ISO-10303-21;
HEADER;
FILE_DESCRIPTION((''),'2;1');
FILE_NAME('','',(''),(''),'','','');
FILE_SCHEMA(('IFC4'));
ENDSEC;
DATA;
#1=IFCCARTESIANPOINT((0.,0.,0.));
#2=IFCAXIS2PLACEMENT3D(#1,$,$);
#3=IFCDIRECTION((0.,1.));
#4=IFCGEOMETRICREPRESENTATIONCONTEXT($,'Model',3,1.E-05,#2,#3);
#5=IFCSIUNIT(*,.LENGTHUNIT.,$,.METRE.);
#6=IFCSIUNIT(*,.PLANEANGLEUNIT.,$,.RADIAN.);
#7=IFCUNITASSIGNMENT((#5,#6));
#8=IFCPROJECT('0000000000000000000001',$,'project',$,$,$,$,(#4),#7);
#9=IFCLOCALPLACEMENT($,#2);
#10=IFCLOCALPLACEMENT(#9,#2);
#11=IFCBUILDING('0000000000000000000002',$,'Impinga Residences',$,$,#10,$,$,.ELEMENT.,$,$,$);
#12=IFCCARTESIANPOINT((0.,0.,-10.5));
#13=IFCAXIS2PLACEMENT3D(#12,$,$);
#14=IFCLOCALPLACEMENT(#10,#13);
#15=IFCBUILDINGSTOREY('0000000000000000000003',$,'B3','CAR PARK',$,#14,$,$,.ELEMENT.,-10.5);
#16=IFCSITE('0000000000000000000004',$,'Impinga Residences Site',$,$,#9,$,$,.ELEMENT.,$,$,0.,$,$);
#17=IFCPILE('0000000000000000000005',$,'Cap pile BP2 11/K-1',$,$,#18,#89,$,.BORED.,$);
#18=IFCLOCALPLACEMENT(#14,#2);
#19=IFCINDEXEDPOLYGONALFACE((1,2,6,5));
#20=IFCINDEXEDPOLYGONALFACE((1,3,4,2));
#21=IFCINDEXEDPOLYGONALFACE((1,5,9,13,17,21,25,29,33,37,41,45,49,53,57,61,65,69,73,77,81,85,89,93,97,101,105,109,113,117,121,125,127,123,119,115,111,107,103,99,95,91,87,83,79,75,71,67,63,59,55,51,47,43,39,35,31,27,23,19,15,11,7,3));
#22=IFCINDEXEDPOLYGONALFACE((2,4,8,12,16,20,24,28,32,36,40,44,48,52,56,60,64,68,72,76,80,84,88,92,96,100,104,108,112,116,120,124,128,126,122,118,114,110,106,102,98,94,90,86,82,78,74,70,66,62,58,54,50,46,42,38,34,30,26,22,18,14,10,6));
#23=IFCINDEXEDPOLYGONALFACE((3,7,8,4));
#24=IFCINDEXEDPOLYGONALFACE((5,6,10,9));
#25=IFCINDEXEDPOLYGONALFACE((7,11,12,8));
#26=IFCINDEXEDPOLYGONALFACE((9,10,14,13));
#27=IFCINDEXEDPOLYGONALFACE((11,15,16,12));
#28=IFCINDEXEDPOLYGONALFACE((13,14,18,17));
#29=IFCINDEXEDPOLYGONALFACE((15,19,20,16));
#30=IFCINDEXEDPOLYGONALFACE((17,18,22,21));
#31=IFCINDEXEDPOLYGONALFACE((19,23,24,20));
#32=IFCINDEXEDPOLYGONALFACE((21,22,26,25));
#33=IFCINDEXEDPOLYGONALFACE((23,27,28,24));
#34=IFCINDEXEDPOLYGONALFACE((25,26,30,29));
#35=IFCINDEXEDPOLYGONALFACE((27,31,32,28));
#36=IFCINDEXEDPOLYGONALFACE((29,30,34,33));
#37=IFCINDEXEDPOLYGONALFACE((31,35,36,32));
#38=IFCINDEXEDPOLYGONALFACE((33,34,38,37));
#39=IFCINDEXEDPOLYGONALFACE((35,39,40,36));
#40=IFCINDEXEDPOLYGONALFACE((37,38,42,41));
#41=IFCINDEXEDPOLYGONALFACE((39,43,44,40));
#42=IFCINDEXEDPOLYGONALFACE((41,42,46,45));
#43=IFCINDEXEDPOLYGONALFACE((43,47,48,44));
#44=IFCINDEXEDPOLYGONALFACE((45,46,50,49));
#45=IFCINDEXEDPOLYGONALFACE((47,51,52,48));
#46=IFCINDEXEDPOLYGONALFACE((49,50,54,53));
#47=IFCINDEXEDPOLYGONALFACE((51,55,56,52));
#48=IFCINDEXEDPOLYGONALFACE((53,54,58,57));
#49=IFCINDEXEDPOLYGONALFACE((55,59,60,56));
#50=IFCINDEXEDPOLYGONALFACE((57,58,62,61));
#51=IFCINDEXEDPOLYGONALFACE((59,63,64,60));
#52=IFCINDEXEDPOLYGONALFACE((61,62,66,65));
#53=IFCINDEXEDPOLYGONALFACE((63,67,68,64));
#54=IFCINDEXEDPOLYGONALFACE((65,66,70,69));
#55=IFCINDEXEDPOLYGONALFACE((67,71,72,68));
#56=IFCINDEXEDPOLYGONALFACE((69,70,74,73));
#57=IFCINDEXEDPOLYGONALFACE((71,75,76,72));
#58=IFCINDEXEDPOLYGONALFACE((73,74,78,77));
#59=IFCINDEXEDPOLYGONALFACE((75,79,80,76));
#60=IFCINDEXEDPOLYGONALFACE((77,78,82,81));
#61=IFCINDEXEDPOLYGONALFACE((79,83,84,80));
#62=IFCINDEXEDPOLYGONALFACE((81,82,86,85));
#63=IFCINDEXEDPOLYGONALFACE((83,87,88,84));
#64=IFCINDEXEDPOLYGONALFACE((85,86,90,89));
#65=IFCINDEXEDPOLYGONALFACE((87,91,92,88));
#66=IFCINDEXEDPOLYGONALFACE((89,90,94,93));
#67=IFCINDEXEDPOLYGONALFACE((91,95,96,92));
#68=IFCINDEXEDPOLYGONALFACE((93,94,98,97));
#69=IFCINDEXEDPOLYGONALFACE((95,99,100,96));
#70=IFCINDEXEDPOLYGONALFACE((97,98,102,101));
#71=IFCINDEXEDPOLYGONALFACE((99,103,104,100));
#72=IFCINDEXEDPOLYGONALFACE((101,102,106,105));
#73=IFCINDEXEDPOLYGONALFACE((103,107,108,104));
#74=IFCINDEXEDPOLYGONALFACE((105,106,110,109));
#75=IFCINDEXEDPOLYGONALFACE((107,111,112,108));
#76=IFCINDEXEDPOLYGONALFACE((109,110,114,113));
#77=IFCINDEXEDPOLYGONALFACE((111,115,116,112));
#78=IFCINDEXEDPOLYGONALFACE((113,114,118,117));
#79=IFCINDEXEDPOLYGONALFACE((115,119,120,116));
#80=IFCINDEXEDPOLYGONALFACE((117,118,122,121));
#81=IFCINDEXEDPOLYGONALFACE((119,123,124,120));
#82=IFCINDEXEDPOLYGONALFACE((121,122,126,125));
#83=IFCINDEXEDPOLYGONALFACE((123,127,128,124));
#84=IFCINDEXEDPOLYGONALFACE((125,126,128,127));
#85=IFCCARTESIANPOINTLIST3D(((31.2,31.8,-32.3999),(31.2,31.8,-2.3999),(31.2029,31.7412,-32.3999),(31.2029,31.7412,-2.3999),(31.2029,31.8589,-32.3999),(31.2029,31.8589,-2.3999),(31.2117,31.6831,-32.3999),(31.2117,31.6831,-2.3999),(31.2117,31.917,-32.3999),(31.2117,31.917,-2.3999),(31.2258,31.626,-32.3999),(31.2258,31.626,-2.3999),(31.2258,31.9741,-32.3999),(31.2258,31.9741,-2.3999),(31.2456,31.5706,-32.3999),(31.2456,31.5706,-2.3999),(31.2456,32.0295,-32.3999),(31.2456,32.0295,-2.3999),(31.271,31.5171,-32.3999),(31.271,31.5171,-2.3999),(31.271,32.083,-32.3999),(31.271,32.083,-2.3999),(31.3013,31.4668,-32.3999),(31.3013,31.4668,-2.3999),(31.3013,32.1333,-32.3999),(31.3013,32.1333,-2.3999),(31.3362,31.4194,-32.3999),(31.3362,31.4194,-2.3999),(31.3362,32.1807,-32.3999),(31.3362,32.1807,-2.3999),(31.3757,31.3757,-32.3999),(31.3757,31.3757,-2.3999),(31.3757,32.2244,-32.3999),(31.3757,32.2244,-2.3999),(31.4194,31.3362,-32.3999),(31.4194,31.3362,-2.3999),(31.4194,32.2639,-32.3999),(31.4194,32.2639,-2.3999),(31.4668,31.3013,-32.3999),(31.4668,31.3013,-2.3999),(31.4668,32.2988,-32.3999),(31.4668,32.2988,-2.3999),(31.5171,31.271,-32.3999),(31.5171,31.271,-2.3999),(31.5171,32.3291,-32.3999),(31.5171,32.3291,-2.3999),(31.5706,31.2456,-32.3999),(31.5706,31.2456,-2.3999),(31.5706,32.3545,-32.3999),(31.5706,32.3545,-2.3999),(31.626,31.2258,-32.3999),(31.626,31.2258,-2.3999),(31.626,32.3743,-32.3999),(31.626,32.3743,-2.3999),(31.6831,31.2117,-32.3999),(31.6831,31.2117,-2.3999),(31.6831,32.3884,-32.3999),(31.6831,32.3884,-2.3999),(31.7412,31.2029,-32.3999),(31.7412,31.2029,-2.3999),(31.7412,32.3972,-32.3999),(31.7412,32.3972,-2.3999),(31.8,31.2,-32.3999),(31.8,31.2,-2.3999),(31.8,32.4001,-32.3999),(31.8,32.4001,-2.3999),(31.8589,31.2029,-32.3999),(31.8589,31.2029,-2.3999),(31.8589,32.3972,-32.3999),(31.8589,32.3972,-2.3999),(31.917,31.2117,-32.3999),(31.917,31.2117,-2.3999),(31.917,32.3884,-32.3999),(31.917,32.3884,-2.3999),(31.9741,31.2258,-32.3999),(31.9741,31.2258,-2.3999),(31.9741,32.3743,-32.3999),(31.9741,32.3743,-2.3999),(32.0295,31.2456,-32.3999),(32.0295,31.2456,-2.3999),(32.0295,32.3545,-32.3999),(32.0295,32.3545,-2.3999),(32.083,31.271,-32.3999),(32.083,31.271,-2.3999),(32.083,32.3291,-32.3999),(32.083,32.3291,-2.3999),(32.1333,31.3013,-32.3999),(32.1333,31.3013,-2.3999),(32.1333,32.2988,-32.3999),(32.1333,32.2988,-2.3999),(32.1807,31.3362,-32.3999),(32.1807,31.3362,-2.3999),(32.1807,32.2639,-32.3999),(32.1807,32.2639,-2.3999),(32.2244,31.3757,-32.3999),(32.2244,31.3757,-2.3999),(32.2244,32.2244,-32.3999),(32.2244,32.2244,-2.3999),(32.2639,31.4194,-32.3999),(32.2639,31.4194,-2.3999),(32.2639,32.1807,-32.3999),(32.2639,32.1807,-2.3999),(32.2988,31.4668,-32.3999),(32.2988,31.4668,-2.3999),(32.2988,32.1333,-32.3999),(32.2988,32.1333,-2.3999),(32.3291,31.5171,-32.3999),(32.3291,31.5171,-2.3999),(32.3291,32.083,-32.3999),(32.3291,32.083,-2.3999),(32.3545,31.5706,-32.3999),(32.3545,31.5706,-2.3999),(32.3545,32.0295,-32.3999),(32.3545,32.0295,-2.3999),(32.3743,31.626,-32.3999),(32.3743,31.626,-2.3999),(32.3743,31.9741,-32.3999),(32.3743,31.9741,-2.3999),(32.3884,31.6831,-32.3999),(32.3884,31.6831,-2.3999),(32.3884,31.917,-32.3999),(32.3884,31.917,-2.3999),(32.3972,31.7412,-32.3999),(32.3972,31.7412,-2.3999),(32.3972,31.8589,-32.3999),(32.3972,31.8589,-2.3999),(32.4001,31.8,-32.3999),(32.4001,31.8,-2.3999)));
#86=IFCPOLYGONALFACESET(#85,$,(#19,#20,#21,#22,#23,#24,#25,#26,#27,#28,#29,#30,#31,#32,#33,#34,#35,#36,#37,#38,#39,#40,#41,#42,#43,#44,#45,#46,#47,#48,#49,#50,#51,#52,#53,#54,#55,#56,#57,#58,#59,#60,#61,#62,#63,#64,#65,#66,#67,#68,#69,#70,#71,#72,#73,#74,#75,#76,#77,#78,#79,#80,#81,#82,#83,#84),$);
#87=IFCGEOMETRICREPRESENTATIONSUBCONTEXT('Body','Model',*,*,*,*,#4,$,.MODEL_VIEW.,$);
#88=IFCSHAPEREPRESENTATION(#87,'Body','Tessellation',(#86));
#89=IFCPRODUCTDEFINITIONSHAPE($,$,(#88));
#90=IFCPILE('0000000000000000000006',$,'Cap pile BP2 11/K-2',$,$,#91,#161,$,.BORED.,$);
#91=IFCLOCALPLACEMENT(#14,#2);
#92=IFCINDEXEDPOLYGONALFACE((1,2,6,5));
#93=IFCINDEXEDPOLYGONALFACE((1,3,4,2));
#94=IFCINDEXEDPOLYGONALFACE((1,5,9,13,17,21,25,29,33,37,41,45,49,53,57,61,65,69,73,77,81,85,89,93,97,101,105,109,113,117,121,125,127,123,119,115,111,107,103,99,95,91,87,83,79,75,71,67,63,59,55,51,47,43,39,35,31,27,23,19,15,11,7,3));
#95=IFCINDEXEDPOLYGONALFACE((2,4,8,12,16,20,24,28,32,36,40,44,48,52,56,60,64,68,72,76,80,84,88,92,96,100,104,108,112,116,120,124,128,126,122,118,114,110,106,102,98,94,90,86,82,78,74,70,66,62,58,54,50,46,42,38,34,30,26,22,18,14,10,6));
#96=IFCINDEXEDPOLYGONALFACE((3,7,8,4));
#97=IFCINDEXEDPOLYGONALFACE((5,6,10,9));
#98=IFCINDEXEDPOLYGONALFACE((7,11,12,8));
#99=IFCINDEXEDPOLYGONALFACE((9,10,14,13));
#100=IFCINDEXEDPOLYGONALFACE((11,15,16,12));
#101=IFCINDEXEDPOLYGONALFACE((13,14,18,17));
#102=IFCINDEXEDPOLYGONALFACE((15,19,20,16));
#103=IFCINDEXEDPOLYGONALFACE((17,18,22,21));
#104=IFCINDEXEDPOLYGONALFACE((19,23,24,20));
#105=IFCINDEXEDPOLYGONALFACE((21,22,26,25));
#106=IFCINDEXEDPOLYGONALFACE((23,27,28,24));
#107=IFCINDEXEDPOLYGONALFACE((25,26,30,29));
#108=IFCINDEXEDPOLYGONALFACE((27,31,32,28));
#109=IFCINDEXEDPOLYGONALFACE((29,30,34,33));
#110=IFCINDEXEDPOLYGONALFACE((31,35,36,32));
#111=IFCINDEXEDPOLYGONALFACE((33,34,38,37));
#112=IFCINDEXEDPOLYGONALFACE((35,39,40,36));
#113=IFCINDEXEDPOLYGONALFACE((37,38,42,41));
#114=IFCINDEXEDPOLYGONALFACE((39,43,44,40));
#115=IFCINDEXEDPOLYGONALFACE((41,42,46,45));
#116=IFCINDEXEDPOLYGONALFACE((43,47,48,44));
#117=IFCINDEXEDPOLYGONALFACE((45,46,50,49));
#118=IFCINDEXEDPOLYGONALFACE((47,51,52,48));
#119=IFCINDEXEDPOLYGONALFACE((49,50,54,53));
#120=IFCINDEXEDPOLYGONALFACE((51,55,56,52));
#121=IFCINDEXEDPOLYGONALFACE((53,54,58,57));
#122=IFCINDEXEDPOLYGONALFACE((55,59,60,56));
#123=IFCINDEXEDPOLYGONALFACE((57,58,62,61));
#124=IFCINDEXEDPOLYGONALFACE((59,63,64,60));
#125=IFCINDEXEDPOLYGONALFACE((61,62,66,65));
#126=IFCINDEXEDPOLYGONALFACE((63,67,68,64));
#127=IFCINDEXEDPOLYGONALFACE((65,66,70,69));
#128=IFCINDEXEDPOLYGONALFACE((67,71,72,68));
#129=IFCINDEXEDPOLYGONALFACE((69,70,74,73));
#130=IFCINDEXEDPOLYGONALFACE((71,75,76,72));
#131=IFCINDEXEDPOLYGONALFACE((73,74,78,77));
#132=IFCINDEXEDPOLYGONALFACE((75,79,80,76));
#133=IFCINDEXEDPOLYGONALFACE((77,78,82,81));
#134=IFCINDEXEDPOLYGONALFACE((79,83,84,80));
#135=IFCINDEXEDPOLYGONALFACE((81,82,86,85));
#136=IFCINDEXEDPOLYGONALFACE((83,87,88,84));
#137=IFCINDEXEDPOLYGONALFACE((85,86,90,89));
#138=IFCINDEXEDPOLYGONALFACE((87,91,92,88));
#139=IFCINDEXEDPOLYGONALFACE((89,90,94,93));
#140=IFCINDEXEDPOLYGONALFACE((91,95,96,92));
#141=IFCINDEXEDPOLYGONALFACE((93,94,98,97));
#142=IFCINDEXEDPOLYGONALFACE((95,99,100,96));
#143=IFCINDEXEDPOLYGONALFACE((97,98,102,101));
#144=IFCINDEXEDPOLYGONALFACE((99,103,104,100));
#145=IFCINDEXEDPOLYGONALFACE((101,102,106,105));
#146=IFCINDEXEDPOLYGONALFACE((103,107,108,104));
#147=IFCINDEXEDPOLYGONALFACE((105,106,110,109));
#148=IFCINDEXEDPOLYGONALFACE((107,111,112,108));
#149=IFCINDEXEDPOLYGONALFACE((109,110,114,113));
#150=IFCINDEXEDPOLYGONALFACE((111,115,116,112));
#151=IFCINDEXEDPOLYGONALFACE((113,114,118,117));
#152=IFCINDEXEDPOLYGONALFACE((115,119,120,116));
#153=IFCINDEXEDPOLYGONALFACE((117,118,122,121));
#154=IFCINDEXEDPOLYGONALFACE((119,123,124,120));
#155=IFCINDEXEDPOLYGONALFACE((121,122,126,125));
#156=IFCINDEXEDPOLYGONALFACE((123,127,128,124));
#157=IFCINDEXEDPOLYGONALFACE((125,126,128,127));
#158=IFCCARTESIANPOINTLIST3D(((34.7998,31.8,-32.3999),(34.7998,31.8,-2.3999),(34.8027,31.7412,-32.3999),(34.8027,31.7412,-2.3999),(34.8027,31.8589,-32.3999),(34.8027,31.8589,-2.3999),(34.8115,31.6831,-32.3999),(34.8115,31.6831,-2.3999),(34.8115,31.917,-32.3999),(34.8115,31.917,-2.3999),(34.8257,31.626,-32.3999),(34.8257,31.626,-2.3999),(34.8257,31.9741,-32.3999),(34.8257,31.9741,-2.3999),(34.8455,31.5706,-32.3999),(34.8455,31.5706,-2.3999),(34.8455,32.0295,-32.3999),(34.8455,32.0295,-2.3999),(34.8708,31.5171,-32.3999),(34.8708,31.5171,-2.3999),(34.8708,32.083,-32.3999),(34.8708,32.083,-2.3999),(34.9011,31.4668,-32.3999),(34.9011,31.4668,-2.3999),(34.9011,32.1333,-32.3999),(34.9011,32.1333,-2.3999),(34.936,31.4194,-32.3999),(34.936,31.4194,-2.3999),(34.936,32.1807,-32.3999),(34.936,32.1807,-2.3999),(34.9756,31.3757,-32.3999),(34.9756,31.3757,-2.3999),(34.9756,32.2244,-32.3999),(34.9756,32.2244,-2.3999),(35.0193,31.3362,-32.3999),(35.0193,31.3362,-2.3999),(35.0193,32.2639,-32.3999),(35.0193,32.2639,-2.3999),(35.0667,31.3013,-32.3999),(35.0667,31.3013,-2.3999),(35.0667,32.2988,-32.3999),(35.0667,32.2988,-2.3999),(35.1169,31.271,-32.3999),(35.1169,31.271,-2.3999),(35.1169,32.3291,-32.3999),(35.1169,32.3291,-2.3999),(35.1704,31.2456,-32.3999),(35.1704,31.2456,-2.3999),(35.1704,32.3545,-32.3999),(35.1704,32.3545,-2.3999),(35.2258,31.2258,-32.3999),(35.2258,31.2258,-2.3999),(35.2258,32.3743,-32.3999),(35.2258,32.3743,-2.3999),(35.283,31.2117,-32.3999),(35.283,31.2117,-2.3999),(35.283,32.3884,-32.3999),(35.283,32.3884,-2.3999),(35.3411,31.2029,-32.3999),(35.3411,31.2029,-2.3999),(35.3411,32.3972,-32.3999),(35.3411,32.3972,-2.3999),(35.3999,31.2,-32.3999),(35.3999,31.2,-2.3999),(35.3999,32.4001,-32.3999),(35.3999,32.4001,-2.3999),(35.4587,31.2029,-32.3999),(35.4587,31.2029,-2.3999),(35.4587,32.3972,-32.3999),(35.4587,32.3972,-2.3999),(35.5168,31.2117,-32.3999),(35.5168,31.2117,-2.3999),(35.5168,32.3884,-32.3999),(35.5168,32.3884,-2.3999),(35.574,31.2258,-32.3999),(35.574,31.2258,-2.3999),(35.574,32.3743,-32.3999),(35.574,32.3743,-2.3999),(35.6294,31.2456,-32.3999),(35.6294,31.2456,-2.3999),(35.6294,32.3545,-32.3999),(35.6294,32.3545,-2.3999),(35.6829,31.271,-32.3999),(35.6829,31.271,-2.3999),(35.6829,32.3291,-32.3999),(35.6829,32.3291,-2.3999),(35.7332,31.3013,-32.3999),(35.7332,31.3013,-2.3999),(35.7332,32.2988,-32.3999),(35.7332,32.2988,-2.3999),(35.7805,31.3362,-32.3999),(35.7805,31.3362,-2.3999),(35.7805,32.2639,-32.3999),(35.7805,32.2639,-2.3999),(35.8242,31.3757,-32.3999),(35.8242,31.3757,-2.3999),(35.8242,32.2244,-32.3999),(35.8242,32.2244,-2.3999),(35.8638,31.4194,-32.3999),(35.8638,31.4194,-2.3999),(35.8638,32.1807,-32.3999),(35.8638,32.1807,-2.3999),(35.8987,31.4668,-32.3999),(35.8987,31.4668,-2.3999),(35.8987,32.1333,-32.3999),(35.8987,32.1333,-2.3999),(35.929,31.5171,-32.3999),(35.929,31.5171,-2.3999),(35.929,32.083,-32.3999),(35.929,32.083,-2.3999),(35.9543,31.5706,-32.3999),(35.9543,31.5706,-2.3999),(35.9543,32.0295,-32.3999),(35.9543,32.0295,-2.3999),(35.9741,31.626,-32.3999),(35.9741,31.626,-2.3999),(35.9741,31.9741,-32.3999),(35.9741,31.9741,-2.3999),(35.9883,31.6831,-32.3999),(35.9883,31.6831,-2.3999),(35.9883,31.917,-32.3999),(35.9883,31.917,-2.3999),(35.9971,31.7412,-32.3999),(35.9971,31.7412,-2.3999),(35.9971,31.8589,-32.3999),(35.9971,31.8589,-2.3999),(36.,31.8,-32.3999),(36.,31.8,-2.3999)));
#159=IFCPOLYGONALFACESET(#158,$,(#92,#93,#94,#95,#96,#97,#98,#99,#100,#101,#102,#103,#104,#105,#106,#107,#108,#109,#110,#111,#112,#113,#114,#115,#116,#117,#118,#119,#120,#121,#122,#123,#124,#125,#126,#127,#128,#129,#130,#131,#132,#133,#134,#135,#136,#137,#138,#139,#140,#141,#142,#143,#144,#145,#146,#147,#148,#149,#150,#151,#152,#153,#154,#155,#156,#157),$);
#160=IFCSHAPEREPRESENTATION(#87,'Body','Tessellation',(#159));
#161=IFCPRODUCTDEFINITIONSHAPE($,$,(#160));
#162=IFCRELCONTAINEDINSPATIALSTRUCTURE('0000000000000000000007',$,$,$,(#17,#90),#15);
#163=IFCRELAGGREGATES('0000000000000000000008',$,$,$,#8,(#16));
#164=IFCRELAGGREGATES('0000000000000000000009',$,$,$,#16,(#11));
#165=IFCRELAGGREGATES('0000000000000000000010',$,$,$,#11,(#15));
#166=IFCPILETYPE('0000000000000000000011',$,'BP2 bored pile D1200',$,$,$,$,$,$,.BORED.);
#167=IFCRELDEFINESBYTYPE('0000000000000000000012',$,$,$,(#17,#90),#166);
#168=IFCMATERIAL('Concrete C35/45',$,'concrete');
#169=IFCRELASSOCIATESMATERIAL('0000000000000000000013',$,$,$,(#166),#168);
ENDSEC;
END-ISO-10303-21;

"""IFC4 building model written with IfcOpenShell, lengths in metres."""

from ifc_helpers import new_model, si_unit, direction, frame, origin, origin_2d, place, context, subcontext, project, spatial, polyline, circle, outline, extrude, material, material_profile, profile_set, type_object, element, save


model = new_model("IFC4")

# Units and contexts
model_context = context("Model", 3, precision=1e-05, world=origin(), true_north=direction((0.0, 1.0)))
body_context = subcontext(model_context, "Body", "Model", "MODEL_VIEW")
ifc_project = project(units=[si_unit("LENGTHUNIT", "METRE"), si_unit("PLANEANGLEUNIT", "RADIAN")], contexts=[model_context])

# Site, building, storey
site_placement = place(None, origin())
site = spatial("IfcSite", under=ifc_project, at=site_placement, Name="Impinga Residences Site", CompositionType="ELEMENT", RefElevation=0.0)
building_placement = place(site_placement, origin())
building = spatial("IfcBuilding", under=site, at=building_placement, Name="Impinga Residences", CompositionType="ELEMENT")
storey_placement = place(building_placement, frame((0.0, 0.0, -10.5)))
storey = spatial("IfcBuildingStorey", under=building, at=storey_placement, Name="B3", Description="CAR PARK", CompositionType="ELEMENT", Elevation=-10.5)

# Piles
ifc_material_1 = material(Name="Concrete C35/45", Category="concrete")
ifc_material_profile_1 = material_profile(ifc_material_1, circle(Radius=0.6001, at=origin_2d()), Name="D1200")
ifc_profile_set_1 = profile_set([ifc_material_profile_1], Name="Concrete C35/45")
pile_type = type_object("IfcPileType", Name="BP2 bored pile D1200", PredefinedType="BORED", material=ifc_profile_set_1)
pile_1_placement = place(storey_placement, frame((31.8, 31.8, -2.3999), z_axis=(0.0, 0.0, -1.0), x_axis=(1.0, 0.0, 0.0)))
element("IfcPile", 1, at=pile_1_placement, inside=storey, type_object=pile_type, Name="Cap pile BP2 11/K-1", PredefinedType="BORED", context=body_context, shape_type="SweptSolid", body=[
    extrude(outline(polyline([(0.6001, 0.0), (0.5972, 0.0588), (0.5884, 0.1169), (0.5742, 0.1741), (0.5544, 0.2295), (0.5291, 0.283), (0.4988, 0.3333), (0.4639, 0.3806), (0.4243, 0.4243), (0.3806, 0.4639), (0.3333, 0.4988), (0.283, 0.5291), (0.2295, 0.5544), (0.1741, 0.5742), (0.1169, 0.5884), (0.0588, 0.5972), (0.0, 0.6001), (-0.0588, 0.5972), (-0.1169, 0.5884), (-0.1741, 0.5742), (-0.2295, 0.5544), (-0.283, 0.5291), (-0.3333, 0.4988), (-0.3806, 0.4639), (-0.4243, 0.4243), (-0.4639, 0.3806), (-0.4988, 0.3333), (-0.5291, 0.283), (-0.5544, 0.2295), (-0.5742, 0.1741), (-0.5884, 0.1169), (-0.5972, 0.0588), (-0.6001, 0.0), (-0.5972, -0.0588), (-0.5884, -0.1169), (-0.5742, -0.1741), (-0.5544, -0.2295), (-0.5291, -0.283), (-0.4988, -0.3333), (-0.4639, -0.3806), (-0.4243, -0.4243), (-0.3806, -0.4639), (-0.3333, -0.4988), (-0.283, -0.5291), (-0.2295, -0.5544), (-0.1741, -0.5742), (-0.1169, -0.5884), (-0.0588, -0.5972), (0.0, -0.6001), (0.0588, -0.5972), (0.1169, -0.5884), (0.1741, -0.5742), (0.2295, -0.5544), (0.283, -0.5291), (0.3333, -0.4988), (0.3806, -0.4639), (0.4243, -0.4243), (0.4639, -0.3806), (0.4988, -0.3333), (0.5291, -0.283), (0.5544, -0.2295), (0.5742, -0.1741), (0.5884, -0.1169), (0.5972, -0.0588), (0.6001, 0.0)])), origin(), (0.0, 0.0, 1.0), 30.0),
])
pile_2_placement = place(storey_placement, frame((35.3999, 31.8, -2.3999), z_axis=(0.0, 0.0, -1.0), x_axis=(1.0, 0.0, 0.0)))
element("IfcPile", 2, at=pile_2_placement, inside=storey, type_object=pile_type, Name="Cap pile BP2 11/K-2", PredefinedType="BORED", context=body_context, shape_type="SweptSolid", body=[
    extrude(outline(polyline([(0.6001, 0.0), (0.5972, 0.0588), (0.5884, 0.1169), (0.5742, 0.1741), (0.5544, 0.2295), (0.5291, 0.283), (0.4988, 0.3333), (0.4639, 0.3806), (0.4243, 0.4243), (0.3806, 0.4639), (0.3333, 0.4988), (0.283, 0.5291), (0.2295, 0.5544), (0.1741, 0.5742), (0.1169, 0.5884), (0.0588, 0.5972), (0.0, 0.6001), (-0.0588, 0.5972), (-0.1169, 0.5884), (-0.1741, 0.5742), (-0.2295, 0.5544), (-0.283, 0.5291), (-0.3333, 0.4988), (-0.3806, 0.4639), (-0.4243, 0.4243), (-0.4639, 0.3806), (-0.4988, 0.3333), (-0.5291, 0.283), (-0.5544, 0.2295), (-0.5742, 0.1741), (-0.5884, 0.1169), (-0.5972, 0.0588), (-0.6001, 0.0), (-0.5972, -0.0588), (-0.5884, -0.1169), (-0.5742, -0.1741), (-0.5544, -0.2295), (-0.5291, -0.283), (-0.4988, -0.3333), (-0.4639, -0.3806), (-0.4243, -0.4243), (-0.3806, -0.4639), (-0.3333, -0.4988), (-0.283, -0.5291), (-0.2295, -0.5544), (-0.1741, -0.5742), (-0.1169, -0.5884), (-0.0588, -0.5972), (0.0, -0.6001), (0.0588, -0.5972), (0.1169, -0.5884), (0.1741, -0.5742), (0.2295, -0.5544), (0.283, -0.5291), (0.3333, -0.4988), (0.3806, -0.4639), (0.4243, -0.4243), (0.4639, -0.3806), (0.4988, -0.3333), (0.5291, -0.283), (0.5544, -0.2295), (0.5742, -0.1741), (0.5884, -0.1169), (0.5972, -0.0588), (0.6001, 0.0)])), origin(), (0.0, 0.0, 1.0), 30.0),
])

save(model, "model.ifc")
